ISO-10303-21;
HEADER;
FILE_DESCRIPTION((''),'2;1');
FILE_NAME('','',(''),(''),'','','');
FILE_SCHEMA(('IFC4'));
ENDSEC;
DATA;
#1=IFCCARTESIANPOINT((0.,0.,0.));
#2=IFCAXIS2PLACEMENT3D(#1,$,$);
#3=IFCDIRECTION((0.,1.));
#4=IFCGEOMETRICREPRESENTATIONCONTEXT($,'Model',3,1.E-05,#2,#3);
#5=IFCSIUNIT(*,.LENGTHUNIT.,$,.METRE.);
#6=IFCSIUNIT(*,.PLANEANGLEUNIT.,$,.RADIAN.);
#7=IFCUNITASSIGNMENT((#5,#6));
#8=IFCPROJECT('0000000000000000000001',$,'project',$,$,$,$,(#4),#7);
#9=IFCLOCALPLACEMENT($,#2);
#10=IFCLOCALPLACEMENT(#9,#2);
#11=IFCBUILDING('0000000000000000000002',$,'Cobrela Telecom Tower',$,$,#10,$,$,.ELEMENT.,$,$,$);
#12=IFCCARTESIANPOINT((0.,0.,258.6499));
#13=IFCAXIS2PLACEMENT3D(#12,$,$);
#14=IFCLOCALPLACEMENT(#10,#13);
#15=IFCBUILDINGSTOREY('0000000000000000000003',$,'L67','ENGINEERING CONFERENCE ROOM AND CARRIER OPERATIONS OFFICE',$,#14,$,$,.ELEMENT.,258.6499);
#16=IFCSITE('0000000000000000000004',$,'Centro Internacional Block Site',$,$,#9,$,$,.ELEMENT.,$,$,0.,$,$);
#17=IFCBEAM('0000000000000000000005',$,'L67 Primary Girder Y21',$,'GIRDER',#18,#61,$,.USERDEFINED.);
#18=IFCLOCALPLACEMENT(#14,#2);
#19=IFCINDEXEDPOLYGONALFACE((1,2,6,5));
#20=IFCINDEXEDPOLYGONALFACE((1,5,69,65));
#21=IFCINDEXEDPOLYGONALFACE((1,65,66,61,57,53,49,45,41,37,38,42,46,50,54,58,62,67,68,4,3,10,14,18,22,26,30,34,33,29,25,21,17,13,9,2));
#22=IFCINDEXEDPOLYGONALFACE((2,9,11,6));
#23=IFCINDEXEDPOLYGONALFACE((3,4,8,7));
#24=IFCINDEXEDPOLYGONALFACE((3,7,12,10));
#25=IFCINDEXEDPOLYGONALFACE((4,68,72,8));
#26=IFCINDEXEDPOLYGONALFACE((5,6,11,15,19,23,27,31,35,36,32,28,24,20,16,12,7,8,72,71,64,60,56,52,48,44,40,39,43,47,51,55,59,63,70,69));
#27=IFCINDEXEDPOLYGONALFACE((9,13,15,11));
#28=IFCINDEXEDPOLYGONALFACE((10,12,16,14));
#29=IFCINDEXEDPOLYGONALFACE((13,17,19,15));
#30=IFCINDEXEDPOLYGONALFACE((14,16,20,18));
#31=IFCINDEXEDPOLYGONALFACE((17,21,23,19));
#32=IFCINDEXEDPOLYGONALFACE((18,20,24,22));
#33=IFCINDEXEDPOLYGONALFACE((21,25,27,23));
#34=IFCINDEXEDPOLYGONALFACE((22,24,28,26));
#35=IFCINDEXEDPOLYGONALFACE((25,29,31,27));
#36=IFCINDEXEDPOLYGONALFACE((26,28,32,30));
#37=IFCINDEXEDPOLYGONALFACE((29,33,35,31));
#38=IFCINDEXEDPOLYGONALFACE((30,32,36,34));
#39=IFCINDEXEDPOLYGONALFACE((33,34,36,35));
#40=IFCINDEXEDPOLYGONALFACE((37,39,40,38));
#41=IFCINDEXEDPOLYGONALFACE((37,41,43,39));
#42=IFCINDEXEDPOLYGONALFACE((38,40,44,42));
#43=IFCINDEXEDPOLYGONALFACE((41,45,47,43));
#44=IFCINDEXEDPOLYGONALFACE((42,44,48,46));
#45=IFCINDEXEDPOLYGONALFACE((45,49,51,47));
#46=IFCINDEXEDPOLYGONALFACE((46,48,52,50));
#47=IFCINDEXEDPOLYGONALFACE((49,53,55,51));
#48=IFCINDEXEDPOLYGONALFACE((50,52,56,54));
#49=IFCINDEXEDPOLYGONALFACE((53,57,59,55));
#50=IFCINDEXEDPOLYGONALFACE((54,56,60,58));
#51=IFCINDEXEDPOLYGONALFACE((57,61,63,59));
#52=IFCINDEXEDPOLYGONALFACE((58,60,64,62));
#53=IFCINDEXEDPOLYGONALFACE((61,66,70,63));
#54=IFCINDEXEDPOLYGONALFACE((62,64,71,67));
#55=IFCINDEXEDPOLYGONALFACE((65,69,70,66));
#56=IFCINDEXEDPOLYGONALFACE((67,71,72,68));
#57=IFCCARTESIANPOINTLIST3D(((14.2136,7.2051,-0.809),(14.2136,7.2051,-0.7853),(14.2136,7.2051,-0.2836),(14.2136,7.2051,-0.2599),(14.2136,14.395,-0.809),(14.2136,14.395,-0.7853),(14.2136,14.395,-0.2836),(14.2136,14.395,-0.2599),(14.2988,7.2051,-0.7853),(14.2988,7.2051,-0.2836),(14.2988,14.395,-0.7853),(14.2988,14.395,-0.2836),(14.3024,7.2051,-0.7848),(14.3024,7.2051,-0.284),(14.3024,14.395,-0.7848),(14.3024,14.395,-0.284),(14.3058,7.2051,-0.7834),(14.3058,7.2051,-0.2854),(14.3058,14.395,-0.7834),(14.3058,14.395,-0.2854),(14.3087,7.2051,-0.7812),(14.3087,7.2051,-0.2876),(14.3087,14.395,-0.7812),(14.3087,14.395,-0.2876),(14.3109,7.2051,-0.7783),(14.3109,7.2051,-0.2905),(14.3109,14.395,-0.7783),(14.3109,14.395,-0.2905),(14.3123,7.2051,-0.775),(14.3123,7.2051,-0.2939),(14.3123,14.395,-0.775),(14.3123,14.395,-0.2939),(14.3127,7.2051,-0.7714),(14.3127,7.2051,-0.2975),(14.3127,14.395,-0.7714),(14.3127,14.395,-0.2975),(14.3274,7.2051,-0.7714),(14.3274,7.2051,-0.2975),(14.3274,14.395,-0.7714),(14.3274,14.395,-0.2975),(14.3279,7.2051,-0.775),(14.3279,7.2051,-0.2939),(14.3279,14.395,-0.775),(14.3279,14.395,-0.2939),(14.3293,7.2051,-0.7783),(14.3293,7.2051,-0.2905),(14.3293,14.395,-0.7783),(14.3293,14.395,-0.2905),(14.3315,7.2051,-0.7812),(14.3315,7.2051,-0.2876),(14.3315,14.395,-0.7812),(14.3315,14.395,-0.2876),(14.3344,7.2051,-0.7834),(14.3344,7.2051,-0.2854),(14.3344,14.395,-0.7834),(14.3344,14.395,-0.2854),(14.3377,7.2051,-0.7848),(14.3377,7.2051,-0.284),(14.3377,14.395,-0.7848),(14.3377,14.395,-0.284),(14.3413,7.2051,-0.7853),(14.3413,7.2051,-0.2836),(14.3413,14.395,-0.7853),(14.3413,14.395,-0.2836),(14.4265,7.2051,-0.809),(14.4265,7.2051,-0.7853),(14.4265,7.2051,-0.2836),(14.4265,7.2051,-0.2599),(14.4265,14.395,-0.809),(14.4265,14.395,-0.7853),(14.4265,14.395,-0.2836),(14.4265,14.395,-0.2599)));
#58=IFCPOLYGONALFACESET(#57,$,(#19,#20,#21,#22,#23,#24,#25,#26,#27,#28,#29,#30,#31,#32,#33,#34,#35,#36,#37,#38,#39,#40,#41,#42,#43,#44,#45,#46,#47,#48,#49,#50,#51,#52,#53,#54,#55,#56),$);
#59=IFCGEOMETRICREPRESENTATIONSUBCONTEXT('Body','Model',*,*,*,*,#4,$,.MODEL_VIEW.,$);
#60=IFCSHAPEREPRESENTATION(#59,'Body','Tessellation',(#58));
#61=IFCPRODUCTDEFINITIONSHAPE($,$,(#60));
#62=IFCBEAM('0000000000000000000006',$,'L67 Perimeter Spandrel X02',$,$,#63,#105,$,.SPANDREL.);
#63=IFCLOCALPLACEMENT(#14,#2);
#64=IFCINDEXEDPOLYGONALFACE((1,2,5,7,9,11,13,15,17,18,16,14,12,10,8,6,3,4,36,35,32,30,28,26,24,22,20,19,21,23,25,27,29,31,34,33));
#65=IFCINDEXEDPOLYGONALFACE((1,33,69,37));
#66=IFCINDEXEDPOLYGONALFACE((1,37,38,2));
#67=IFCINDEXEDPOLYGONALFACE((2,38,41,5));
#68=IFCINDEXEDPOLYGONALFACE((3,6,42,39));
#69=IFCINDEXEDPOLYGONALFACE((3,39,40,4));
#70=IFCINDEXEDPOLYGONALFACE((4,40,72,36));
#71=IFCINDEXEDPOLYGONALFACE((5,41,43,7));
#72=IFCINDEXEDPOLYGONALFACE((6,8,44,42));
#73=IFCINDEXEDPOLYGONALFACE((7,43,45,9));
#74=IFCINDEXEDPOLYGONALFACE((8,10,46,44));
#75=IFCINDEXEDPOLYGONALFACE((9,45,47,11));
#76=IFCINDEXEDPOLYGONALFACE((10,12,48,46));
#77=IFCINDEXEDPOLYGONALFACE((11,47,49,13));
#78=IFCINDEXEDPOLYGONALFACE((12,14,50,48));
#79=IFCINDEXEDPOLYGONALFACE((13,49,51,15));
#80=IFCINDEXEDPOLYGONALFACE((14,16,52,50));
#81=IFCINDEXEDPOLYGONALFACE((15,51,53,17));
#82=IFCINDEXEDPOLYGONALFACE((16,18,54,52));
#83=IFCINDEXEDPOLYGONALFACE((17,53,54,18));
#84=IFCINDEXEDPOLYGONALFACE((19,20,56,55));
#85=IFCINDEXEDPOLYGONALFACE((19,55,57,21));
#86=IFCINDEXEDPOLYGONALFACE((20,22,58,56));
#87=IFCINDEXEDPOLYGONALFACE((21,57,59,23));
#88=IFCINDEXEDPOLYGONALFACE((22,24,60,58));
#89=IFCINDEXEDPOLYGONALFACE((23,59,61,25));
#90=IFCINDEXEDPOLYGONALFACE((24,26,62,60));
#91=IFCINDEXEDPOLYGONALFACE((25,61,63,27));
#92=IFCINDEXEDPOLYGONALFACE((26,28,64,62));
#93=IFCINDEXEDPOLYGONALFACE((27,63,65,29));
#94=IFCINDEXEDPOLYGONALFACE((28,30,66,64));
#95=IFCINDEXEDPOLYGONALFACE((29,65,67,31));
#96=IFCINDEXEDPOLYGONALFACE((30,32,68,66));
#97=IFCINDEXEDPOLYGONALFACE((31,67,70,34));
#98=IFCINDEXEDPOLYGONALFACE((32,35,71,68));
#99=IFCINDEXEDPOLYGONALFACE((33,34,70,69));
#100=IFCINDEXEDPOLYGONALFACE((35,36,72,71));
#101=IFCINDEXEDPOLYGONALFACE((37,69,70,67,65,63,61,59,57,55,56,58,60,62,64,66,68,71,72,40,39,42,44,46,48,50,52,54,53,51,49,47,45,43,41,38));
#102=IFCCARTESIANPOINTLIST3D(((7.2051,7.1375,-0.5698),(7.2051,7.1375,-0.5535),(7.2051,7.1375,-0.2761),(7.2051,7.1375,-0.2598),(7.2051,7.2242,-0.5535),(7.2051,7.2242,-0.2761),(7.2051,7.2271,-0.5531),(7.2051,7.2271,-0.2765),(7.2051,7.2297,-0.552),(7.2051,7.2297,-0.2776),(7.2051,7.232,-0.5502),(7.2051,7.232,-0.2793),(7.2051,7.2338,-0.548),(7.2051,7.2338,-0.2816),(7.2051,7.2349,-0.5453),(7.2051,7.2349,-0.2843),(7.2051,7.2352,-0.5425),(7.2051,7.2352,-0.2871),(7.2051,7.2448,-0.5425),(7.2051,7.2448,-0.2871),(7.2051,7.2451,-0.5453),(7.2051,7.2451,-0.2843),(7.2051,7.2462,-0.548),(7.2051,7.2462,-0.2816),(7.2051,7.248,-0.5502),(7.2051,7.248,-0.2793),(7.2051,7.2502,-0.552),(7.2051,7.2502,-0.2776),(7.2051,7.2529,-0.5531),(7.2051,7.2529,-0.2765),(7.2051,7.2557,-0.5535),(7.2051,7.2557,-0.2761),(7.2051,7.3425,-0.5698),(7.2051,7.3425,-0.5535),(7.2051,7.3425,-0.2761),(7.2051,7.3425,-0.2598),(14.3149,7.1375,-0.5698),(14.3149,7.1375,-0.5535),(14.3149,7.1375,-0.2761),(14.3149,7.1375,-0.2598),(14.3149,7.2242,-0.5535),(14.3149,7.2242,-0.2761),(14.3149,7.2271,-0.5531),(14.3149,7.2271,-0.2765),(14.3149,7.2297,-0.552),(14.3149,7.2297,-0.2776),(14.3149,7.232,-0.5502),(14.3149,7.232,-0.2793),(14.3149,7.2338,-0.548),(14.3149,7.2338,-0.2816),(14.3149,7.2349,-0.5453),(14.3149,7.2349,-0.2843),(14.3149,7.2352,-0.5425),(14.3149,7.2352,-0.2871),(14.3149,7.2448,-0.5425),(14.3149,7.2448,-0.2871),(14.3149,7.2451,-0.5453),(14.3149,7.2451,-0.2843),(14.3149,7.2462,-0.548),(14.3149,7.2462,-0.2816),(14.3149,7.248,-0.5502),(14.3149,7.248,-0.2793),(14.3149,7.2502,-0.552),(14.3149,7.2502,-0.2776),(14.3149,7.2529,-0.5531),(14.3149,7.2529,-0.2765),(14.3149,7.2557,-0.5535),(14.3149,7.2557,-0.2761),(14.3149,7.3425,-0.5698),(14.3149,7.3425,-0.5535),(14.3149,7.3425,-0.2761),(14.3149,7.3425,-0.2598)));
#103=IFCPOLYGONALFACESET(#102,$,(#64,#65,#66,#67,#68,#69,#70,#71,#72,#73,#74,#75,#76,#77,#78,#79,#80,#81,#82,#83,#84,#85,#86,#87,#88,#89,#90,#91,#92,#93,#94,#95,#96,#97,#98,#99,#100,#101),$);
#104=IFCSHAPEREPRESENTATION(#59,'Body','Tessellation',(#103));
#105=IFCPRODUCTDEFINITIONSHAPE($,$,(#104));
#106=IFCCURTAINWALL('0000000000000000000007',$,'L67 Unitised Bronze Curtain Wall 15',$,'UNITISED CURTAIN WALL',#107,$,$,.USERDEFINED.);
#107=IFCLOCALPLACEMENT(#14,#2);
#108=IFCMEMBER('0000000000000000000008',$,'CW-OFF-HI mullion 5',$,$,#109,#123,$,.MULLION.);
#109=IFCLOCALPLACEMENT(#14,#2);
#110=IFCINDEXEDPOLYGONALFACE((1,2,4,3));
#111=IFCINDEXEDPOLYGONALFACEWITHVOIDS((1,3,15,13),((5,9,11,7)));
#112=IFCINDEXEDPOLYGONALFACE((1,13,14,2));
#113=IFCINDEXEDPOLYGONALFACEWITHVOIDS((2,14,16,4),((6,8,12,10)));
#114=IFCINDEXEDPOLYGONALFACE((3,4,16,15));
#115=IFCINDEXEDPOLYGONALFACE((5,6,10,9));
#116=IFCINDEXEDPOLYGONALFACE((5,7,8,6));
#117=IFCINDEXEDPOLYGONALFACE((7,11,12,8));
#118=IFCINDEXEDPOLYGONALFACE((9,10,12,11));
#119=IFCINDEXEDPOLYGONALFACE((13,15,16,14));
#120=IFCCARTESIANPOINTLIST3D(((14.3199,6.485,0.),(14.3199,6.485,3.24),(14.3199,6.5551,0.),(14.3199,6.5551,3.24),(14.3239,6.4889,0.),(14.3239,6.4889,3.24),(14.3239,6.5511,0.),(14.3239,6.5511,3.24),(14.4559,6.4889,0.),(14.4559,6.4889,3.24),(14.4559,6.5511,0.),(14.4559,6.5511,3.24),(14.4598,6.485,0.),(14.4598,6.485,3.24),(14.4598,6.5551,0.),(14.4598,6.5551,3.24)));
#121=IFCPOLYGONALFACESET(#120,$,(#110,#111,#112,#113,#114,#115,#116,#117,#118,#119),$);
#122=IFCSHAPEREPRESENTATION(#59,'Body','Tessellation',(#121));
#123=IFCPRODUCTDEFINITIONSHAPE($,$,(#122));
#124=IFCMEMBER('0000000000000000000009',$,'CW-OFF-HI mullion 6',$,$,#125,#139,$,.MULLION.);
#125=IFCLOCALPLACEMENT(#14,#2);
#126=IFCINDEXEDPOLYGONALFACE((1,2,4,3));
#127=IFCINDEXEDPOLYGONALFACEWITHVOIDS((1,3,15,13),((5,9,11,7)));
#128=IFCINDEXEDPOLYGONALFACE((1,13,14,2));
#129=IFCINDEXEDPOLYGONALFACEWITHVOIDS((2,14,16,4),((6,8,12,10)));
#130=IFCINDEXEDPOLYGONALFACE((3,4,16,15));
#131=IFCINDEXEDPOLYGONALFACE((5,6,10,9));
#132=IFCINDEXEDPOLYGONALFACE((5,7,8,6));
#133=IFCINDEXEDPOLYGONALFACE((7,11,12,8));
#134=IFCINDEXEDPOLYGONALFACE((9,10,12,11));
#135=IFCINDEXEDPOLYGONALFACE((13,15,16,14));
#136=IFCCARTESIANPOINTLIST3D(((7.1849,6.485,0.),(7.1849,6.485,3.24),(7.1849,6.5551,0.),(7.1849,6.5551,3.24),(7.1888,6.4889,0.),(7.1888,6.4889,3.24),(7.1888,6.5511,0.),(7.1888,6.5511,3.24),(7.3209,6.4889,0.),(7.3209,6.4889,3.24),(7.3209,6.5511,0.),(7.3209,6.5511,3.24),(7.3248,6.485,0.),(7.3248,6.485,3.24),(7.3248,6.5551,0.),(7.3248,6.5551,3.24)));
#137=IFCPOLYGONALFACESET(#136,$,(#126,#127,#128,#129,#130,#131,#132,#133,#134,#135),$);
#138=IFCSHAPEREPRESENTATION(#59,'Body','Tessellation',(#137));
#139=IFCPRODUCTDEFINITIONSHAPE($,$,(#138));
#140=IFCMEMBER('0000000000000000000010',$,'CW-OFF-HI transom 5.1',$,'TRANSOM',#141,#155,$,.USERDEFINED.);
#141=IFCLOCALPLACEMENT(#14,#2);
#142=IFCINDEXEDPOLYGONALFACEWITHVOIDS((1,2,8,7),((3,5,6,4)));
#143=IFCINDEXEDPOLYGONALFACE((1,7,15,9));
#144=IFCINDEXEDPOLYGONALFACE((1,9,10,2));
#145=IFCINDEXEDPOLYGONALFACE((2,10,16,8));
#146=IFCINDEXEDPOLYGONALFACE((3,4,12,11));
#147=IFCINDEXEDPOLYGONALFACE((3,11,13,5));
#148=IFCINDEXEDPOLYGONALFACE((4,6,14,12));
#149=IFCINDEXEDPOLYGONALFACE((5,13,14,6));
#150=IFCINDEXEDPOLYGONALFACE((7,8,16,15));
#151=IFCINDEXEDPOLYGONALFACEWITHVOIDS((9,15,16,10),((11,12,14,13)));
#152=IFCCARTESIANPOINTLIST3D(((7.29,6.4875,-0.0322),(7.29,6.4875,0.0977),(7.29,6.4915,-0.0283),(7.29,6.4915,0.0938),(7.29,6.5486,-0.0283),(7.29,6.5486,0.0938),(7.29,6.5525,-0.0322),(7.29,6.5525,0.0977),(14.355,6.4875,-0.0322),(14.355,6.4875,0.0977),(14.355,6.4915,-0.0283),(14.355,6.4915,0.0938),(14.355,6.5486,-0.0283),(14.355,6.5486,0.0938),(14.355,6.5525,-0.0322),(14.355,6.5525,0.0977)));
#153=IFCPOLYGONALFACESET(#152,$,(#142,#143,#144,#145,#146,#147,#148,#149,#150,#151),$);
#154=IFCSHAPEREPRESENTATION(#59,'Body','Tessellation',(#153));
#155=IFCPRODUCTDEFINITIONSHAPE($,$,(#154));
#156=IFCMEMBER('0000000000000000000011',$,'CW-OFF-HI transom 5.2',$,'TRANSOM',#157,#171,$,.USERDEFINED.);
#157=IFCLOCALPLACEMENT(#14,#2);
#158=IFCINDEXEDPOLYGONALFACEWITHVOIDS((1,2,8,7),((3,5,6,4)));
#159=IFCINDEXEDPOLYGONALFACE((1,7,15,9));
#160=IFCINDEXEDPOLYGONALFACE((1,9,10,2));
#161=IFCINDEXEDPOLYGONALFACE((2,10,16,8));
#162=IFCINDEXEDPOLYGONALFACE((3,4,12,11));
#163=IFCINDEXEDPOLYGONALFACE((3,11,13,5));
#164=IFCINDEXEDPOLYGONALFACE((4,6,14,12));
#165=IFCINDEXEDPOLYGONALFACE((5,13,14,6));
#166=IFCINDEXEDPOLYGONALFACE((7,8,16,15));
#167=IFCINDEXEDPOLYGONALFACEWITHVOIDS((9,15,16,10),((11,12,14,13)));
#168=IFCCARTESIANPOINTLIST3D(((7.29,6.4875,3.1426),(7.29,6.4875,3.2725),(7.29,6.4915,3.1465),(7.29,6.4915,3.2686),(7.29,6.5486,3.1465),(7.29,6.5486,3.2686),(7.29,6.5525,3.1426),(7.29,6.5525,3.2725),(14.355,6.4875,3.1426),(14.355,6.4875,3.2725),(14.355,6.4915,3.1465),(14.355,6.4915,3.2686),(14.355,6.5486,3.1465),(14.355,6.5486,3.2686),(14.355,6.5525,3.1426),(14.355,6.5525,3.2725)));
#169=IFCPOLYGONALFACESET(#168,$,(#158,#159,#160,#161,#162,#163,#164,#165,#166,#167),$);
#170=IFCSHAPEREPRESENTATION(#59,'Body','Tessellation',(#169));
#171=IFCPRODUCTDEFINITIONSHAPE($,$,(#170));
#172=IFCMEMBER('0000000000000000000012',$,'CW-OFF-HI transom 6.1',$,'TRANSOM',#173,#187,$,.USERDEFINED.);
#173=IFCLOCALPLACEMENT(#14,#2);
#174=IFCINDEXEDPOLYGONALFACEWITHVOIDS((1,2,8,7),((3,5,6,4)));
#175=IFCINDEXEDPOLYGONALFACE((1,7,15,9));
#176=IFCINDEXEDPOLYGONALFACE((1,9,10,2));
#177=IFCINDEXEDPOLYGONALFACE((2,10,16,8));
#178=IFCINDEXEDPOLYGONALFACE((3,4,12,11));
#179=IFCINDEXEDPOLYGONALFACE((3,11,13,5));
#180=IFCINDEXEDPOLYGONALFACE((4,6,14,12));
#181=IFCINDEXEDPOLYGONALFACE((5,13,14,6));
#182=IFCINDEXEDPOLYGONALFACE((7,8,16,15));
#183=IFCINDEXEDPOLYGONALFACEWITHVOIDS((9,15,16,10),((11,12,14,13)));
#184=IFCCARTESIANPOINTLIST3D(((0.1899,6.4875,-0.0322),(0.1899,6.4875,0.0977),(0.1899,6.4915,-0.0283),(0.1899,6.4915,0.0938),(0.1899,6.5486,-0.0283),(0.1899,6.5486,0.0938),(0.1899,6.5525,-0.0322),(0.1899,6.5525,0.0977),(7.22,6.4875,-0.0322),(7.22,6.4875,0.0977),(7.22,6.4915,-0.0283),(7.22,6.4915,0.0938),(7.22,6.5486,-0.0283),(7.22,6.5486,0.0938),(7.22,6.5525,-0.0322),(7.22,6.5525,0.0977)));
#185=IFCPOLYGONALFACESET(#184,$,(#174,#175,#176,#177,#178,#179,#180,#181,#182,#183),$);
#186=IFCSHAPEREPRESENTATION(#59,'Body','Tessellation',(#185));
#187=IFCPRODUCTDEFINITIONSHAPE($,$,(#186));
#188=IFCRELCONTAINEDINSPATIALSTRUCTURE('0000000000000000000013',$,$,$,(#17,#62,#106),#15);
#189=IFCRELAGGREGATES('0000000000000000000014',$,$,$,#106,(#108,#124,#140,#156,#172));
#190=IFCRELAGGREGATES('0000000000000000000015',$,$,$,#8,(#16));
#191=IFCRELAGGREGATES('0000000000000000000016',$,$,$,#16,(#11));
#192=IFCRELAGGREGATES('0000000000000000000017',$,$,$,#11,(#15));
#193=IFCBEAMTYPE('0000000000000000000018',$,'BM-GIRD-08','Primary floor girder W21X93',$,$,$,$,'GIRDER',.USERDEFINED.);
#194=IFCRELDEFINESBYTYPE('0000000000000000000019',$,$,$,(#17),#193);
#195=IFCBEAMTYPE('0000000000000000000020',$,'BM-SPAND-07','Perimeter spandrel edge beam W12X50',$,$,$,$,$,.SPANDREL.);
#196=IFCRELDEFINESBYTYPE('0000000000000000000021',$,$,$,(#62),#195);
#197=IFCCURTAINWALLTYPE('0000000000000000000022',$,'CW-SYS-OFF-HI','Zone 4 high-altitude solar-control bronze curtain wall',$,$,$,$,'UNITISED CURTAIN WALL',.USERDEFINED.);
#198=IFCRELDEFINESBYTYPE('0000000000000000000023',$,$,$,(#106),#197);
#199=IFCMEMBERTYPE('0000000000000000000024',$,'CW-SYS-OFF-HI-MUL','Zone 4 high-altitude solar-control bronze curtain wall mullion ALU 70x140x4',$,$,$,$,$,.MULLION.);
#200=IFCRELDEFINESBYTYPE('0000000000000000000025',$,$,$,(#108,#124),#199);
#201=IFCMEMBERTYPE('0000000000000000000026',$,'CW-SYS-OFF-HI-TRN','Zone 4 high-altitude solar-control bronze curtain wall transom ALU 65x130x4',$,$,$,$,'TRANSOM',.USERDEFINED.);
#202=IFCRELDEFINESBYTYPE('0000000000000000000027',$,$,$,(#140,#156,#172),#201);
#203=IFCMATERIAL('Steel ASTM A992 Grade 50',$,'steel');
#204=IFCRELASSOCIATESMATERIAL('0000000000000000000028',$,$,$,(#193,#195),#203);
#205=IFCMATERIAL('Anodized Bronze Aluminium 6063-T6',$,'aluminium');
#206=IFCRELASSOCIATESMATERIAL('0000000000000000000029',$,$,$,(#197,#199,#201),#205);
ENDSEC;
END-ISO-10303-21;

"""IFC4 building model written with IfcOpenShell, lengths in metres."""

from ifc_helpers import new_model, si_unit, direction, frame, origin, origin_2d, place, context, subcontext, project, spatial, hollow_rectangle, i_section, extrude, material, material_profile, profile_set, type_object, element, aggregate, save


model = new_model("IFC4")

# Units and contexts
model_context = context("Model", 3, precision=1e-05, world=origin(), true_north=direction((0.0, 1.0)))
body_context = subcontext(model_context, "Body", "Model", "MODEL_VIEW")
ifc_project = project(units=[si_unit("LENGTHUNIT", "METRE"), si_unit("PLANEANGLEUNIT", "RADIAN")], contexts=[model_context])

# Site, building, storey
site_placement = place(None, origin())
site = spatial("IfcSite", under=ifc_project, at=site_placement, Name="Centro Internacional Block Site", CompositionType="ELEMENT", RefElevation=0.0)
building_placement = place(site_placement, origin())
building = spatial("IfcBuilding", under=site, at=building_placement, Name="Cobrela Telecom Tower", CompositionType="ELEMENT")
storey_placement = place(building_placement, frame((0.0, 0.0, 258.6499)))
storey = spatial("IfcBuildingStorey", under=building, at=storey_placement, Name="L67", Description="ENGINEERING CONFERENCE ROOM AND CARRIER OPERATIONS OFFICE", CompositionType="ELEMENT", Elevation=258.6499)

# Beams
ifc_material_1 = material(Name="Steel ASTM A992 Grade 50", Category="steel")
ifc_material_profile_1 = material_profile(ifc_material_1, i_section(OverallWidth=0.2129, OverallDepth=0.5491, WebThickness=0.0146, FlangeThickness=0.0237, FilletRadius=0.0139, at=origin_2d()), Name="W21X93")
ifc_profile_set_1 = profile_set([ifc_material_profile_1], Name="Steel ASTM A992 Grade 50")
beam_type_1 = type_object("IfcBeamType", Name="BM-GIRD-08", Description="Primary floor girder W21X93", ElementType="GIRDER", PredefinedType="USERDEFINED", material=ifc_profile_set_1)
beam_1_placement = place(storey_placement, frame((14.3201, 7.2051, -0.5344), z_axis=(0.0, 1.0, 0.0), x_axis=(-1.0, 0.0, 0.0)))
element("IfcBeam", 1, at=beam_1_placement, inside=storey, type_object=beam_type_1, Name="L67 Primary Girder Y21", ObjectType="GIRDER", PredefinedType="USERDEFINED", context=body_context, shape_type="SweptSolid", body=[
    extrude(i_section(OverallWidth=0.2129, OverallDepth=0.5491, WebThickness=0.0146, FlangeThickness=0.0237, FilletRadius=0.0139, at=origin_2d()), origin(), (0.0, 0.0, 1.0), 7.1899),
])
ifc_material_profile_2 = material_profile(ifc_material_1, i_section(OverallWidth=0.2051, OverallDepth=0.3101, WebThickness=0.0095, FlangeThickness=0.0164, FilletRadius=0.011, at=origin_2d()), Name="W12X50")
ifc_profile_set_2 = profile_set([ifc_material_profile_2], Name="Steel ASTM A992 Grade 50")
beam_type_2 = type_object("IfcBeamType", Name="BM-SPAND-07", Description="Perimeter spandrel edge beam W12X50", PredefinedType="SPANDREL", material=ifc_profile_set_2)
beam_2_placement = place(storey_placement, frame((7.2051, 7.24, -0.4148), z_axis=(1.0, 0.0, 0.0), x_axis=(0.0, 1.0, 0.0)))
element("IfcBeam", 2, at=beam_2_placement, inside=storey, type_object=beam_type_2, Name="L67 Perimeter Spandrel X02", PredefinedType="SPANDREL", context=body_context, shape_type="SweptSolid", body=[
    extrude(i_section(OverallWidth=0.2051, OverallDepth=0.3101, WebThickness=0.0095, FlangeThickness=0.0164, FilletRadius=0.011, at=origin_2d()), origin(), (0.0, 0.0, 1.0), 7.1099),
])

# Curtain wall, members
ifc_material_2 = material(Name="Anodized Bronze Aluminium 6063-T6", Category="aluminium")
curtain_wall_type = type_object("IfcCurtainWallType", Name="CW-SYS-OFF-HI", Description="Zone 4 high-altitude solar-control bronze curtain wall", ElementType="UNITISED CURTAIN WALL", PredefinedType="USERDEFINED", material=ifc_material_2)
curtain_wall_placement = place(storey_placement, origin())
curtain_wall = element("IfcCurtainWall", 3, at=curtain_wall_placement, inside=storey, type_object=curtain_wall_type, Name="L67 Unitised Bronze Curtain Wall 15", ObjectType="UNITISED CURTAIN WALL", PredefinedType="USERDEFINED")
ifc_material_profile_3 = material_profile(ifc_material_2, hollow_rectangle(XDim=0.0701, YDim=0.1399, WallThickness=0.0039, at=origin_2d()), Name="ALU 70x140x4")
ifc_profile_set_3 = profile_set([ifc_material_profile_3], Name="Anodized Bronze Aluminium 6063-T6")
member_type_1 = type_object("IfcMemberType", Name="CW-SYS-OFF-HI-MUL", Description="Zone 4 high-altitude solar-control bronze curtain wall mullion ALU 70x140x4", PredefinedType="MULLION", material=ifc_profile_set_3)
member_1_placement = place(storey_placement, frame((14.3899, 6.52, 0.0), z_axis=(0.0, 0.0, 1.0), x_axis=(0.0, -1.0, 0.0)))
member_1 = element("IfcMember", 4, at=member_1_placement, type_object=member_type_1, Name="CW-OFF-HI mullion 5", PredefinedType="MULLION", context=body_context, shape_type="SweptSolid", body=[
    extrude(hollow_rectangle(XDim=0.0701, YDim=0.1399, WallThickness=0.0039, at=origin_2d()), origin(), (0.0, 0.0, 1.0), 3.24),
])
member_2_placement = place(storey_placement, frame((7.2549, 6.52, 0.0), z_axis=(0.0, 0.0, 1.0), x_axis=(0.0, -1.0, 0.0)))
member_2 = element("IfcMember", 5, at=member_2_placement, type_object=member_type_1, Name="CW-OFF-HI mullion 6", PredefinedType="MULLION", context=body_context, shape_type="SweptSolid", body=[
    extrude(hollow_rectangle(XDim=0.0701, YDim=0.1399, WallThickness=0.0039, at=origin_2d()), origin(), (0.0, 0.0, 1.0), 3.24),
])
ifc_material_profile_4 = material_profile(ifc_material_2, hollow_rectangle(XDim=0.0649, YDim=0.1299, WallThickness=0.0039, at=origin_2d()), Name="ALU 65x130x4")
ifc_profile_set_4 = profile_set([ifc_material_profile_4], Name="Anodized Bronze Aluminium 6063-T6")
member_type_2 = type_object("IfcMemberType", Name="CW-SYS-OFF-HI-TRN", Description="Zone 4 high-altitude solar-control bronze curtain wall transom ALU 65x130x4", ElementType="TRANSOM", PredefinedType="USERDEFINED", material=ifc_profile_set_4)
member_3_placement = place(storey_placement, frame((14.355, 6.52, 0.0327), z_axis=(-1.0, 0.0, 0.0), x_axis=(0.0, -1.0, 0.0)))
member_3 = element("IfcMember", 6, at=member_3_placement, type_object=member_type_2, Name="CW-OFF-HI transom 5.1", ObjectType="TRANSOM", PredefinedType="USERDEFINED", context=body_context, shape_type="SweptSolid", body=[
    extrude(hollow_rectangle(XDim=0.0649, YDim=0.1299, WallThickness=0.0039, at=origin_2d()), origin(), (0.0, 0.0, 1.0), 7.0649),
])
member_4_placement = place(storey_placement, frame((14.355, 6.52, 3.2075), z_axis=(-1.0, 0.0, 0.0), x_axis=(0.0, -1.0, 0.0)))
member_4 = element("IfcMember", 7, at=member_4_placement, type_object=member_type_2, Name="CW-OFF-HI transom 5.2", ObjectType="TRANSOM", PredefinedType="USERDEFINED", context=body_context, shape_type="SweptSolid", body=[
    extrude(hollow_rectangle(XDim=0.0649, YDim=0.1299, WallThickness=0.0039, at=origin_2d()), origin(), (0.0, 0.0, 1.0), 7.0649),
])
member_5_placement = place(storey_placement, frame((7.22, 6.52, 0.0327), z_axis=(-1.0, 0.0, 0.0), x_axis=(0.0, -1.0, 0.0)))
member_5 = element("IfcMember", 8, at=member_5_placement, type_object=member_type_2, Name="CW-OFF-HI transom 6.1", ObjectType="TRANSOM", PredefinedType="USERDEFINED", context=body_context, shape_type="SweptSolid", body=[
    extrude(hollow_rectangle(XDim=0.0649, YDim=0.1299, WallThickness=0.0039, at=origin_2d()), origin(), (0.0, 0.0, 1.0), 7.03),
])
aggregate(curtain_wall, [member_1, member_2, member_3, member_4, member_5])

save(model, "model.ifc")
